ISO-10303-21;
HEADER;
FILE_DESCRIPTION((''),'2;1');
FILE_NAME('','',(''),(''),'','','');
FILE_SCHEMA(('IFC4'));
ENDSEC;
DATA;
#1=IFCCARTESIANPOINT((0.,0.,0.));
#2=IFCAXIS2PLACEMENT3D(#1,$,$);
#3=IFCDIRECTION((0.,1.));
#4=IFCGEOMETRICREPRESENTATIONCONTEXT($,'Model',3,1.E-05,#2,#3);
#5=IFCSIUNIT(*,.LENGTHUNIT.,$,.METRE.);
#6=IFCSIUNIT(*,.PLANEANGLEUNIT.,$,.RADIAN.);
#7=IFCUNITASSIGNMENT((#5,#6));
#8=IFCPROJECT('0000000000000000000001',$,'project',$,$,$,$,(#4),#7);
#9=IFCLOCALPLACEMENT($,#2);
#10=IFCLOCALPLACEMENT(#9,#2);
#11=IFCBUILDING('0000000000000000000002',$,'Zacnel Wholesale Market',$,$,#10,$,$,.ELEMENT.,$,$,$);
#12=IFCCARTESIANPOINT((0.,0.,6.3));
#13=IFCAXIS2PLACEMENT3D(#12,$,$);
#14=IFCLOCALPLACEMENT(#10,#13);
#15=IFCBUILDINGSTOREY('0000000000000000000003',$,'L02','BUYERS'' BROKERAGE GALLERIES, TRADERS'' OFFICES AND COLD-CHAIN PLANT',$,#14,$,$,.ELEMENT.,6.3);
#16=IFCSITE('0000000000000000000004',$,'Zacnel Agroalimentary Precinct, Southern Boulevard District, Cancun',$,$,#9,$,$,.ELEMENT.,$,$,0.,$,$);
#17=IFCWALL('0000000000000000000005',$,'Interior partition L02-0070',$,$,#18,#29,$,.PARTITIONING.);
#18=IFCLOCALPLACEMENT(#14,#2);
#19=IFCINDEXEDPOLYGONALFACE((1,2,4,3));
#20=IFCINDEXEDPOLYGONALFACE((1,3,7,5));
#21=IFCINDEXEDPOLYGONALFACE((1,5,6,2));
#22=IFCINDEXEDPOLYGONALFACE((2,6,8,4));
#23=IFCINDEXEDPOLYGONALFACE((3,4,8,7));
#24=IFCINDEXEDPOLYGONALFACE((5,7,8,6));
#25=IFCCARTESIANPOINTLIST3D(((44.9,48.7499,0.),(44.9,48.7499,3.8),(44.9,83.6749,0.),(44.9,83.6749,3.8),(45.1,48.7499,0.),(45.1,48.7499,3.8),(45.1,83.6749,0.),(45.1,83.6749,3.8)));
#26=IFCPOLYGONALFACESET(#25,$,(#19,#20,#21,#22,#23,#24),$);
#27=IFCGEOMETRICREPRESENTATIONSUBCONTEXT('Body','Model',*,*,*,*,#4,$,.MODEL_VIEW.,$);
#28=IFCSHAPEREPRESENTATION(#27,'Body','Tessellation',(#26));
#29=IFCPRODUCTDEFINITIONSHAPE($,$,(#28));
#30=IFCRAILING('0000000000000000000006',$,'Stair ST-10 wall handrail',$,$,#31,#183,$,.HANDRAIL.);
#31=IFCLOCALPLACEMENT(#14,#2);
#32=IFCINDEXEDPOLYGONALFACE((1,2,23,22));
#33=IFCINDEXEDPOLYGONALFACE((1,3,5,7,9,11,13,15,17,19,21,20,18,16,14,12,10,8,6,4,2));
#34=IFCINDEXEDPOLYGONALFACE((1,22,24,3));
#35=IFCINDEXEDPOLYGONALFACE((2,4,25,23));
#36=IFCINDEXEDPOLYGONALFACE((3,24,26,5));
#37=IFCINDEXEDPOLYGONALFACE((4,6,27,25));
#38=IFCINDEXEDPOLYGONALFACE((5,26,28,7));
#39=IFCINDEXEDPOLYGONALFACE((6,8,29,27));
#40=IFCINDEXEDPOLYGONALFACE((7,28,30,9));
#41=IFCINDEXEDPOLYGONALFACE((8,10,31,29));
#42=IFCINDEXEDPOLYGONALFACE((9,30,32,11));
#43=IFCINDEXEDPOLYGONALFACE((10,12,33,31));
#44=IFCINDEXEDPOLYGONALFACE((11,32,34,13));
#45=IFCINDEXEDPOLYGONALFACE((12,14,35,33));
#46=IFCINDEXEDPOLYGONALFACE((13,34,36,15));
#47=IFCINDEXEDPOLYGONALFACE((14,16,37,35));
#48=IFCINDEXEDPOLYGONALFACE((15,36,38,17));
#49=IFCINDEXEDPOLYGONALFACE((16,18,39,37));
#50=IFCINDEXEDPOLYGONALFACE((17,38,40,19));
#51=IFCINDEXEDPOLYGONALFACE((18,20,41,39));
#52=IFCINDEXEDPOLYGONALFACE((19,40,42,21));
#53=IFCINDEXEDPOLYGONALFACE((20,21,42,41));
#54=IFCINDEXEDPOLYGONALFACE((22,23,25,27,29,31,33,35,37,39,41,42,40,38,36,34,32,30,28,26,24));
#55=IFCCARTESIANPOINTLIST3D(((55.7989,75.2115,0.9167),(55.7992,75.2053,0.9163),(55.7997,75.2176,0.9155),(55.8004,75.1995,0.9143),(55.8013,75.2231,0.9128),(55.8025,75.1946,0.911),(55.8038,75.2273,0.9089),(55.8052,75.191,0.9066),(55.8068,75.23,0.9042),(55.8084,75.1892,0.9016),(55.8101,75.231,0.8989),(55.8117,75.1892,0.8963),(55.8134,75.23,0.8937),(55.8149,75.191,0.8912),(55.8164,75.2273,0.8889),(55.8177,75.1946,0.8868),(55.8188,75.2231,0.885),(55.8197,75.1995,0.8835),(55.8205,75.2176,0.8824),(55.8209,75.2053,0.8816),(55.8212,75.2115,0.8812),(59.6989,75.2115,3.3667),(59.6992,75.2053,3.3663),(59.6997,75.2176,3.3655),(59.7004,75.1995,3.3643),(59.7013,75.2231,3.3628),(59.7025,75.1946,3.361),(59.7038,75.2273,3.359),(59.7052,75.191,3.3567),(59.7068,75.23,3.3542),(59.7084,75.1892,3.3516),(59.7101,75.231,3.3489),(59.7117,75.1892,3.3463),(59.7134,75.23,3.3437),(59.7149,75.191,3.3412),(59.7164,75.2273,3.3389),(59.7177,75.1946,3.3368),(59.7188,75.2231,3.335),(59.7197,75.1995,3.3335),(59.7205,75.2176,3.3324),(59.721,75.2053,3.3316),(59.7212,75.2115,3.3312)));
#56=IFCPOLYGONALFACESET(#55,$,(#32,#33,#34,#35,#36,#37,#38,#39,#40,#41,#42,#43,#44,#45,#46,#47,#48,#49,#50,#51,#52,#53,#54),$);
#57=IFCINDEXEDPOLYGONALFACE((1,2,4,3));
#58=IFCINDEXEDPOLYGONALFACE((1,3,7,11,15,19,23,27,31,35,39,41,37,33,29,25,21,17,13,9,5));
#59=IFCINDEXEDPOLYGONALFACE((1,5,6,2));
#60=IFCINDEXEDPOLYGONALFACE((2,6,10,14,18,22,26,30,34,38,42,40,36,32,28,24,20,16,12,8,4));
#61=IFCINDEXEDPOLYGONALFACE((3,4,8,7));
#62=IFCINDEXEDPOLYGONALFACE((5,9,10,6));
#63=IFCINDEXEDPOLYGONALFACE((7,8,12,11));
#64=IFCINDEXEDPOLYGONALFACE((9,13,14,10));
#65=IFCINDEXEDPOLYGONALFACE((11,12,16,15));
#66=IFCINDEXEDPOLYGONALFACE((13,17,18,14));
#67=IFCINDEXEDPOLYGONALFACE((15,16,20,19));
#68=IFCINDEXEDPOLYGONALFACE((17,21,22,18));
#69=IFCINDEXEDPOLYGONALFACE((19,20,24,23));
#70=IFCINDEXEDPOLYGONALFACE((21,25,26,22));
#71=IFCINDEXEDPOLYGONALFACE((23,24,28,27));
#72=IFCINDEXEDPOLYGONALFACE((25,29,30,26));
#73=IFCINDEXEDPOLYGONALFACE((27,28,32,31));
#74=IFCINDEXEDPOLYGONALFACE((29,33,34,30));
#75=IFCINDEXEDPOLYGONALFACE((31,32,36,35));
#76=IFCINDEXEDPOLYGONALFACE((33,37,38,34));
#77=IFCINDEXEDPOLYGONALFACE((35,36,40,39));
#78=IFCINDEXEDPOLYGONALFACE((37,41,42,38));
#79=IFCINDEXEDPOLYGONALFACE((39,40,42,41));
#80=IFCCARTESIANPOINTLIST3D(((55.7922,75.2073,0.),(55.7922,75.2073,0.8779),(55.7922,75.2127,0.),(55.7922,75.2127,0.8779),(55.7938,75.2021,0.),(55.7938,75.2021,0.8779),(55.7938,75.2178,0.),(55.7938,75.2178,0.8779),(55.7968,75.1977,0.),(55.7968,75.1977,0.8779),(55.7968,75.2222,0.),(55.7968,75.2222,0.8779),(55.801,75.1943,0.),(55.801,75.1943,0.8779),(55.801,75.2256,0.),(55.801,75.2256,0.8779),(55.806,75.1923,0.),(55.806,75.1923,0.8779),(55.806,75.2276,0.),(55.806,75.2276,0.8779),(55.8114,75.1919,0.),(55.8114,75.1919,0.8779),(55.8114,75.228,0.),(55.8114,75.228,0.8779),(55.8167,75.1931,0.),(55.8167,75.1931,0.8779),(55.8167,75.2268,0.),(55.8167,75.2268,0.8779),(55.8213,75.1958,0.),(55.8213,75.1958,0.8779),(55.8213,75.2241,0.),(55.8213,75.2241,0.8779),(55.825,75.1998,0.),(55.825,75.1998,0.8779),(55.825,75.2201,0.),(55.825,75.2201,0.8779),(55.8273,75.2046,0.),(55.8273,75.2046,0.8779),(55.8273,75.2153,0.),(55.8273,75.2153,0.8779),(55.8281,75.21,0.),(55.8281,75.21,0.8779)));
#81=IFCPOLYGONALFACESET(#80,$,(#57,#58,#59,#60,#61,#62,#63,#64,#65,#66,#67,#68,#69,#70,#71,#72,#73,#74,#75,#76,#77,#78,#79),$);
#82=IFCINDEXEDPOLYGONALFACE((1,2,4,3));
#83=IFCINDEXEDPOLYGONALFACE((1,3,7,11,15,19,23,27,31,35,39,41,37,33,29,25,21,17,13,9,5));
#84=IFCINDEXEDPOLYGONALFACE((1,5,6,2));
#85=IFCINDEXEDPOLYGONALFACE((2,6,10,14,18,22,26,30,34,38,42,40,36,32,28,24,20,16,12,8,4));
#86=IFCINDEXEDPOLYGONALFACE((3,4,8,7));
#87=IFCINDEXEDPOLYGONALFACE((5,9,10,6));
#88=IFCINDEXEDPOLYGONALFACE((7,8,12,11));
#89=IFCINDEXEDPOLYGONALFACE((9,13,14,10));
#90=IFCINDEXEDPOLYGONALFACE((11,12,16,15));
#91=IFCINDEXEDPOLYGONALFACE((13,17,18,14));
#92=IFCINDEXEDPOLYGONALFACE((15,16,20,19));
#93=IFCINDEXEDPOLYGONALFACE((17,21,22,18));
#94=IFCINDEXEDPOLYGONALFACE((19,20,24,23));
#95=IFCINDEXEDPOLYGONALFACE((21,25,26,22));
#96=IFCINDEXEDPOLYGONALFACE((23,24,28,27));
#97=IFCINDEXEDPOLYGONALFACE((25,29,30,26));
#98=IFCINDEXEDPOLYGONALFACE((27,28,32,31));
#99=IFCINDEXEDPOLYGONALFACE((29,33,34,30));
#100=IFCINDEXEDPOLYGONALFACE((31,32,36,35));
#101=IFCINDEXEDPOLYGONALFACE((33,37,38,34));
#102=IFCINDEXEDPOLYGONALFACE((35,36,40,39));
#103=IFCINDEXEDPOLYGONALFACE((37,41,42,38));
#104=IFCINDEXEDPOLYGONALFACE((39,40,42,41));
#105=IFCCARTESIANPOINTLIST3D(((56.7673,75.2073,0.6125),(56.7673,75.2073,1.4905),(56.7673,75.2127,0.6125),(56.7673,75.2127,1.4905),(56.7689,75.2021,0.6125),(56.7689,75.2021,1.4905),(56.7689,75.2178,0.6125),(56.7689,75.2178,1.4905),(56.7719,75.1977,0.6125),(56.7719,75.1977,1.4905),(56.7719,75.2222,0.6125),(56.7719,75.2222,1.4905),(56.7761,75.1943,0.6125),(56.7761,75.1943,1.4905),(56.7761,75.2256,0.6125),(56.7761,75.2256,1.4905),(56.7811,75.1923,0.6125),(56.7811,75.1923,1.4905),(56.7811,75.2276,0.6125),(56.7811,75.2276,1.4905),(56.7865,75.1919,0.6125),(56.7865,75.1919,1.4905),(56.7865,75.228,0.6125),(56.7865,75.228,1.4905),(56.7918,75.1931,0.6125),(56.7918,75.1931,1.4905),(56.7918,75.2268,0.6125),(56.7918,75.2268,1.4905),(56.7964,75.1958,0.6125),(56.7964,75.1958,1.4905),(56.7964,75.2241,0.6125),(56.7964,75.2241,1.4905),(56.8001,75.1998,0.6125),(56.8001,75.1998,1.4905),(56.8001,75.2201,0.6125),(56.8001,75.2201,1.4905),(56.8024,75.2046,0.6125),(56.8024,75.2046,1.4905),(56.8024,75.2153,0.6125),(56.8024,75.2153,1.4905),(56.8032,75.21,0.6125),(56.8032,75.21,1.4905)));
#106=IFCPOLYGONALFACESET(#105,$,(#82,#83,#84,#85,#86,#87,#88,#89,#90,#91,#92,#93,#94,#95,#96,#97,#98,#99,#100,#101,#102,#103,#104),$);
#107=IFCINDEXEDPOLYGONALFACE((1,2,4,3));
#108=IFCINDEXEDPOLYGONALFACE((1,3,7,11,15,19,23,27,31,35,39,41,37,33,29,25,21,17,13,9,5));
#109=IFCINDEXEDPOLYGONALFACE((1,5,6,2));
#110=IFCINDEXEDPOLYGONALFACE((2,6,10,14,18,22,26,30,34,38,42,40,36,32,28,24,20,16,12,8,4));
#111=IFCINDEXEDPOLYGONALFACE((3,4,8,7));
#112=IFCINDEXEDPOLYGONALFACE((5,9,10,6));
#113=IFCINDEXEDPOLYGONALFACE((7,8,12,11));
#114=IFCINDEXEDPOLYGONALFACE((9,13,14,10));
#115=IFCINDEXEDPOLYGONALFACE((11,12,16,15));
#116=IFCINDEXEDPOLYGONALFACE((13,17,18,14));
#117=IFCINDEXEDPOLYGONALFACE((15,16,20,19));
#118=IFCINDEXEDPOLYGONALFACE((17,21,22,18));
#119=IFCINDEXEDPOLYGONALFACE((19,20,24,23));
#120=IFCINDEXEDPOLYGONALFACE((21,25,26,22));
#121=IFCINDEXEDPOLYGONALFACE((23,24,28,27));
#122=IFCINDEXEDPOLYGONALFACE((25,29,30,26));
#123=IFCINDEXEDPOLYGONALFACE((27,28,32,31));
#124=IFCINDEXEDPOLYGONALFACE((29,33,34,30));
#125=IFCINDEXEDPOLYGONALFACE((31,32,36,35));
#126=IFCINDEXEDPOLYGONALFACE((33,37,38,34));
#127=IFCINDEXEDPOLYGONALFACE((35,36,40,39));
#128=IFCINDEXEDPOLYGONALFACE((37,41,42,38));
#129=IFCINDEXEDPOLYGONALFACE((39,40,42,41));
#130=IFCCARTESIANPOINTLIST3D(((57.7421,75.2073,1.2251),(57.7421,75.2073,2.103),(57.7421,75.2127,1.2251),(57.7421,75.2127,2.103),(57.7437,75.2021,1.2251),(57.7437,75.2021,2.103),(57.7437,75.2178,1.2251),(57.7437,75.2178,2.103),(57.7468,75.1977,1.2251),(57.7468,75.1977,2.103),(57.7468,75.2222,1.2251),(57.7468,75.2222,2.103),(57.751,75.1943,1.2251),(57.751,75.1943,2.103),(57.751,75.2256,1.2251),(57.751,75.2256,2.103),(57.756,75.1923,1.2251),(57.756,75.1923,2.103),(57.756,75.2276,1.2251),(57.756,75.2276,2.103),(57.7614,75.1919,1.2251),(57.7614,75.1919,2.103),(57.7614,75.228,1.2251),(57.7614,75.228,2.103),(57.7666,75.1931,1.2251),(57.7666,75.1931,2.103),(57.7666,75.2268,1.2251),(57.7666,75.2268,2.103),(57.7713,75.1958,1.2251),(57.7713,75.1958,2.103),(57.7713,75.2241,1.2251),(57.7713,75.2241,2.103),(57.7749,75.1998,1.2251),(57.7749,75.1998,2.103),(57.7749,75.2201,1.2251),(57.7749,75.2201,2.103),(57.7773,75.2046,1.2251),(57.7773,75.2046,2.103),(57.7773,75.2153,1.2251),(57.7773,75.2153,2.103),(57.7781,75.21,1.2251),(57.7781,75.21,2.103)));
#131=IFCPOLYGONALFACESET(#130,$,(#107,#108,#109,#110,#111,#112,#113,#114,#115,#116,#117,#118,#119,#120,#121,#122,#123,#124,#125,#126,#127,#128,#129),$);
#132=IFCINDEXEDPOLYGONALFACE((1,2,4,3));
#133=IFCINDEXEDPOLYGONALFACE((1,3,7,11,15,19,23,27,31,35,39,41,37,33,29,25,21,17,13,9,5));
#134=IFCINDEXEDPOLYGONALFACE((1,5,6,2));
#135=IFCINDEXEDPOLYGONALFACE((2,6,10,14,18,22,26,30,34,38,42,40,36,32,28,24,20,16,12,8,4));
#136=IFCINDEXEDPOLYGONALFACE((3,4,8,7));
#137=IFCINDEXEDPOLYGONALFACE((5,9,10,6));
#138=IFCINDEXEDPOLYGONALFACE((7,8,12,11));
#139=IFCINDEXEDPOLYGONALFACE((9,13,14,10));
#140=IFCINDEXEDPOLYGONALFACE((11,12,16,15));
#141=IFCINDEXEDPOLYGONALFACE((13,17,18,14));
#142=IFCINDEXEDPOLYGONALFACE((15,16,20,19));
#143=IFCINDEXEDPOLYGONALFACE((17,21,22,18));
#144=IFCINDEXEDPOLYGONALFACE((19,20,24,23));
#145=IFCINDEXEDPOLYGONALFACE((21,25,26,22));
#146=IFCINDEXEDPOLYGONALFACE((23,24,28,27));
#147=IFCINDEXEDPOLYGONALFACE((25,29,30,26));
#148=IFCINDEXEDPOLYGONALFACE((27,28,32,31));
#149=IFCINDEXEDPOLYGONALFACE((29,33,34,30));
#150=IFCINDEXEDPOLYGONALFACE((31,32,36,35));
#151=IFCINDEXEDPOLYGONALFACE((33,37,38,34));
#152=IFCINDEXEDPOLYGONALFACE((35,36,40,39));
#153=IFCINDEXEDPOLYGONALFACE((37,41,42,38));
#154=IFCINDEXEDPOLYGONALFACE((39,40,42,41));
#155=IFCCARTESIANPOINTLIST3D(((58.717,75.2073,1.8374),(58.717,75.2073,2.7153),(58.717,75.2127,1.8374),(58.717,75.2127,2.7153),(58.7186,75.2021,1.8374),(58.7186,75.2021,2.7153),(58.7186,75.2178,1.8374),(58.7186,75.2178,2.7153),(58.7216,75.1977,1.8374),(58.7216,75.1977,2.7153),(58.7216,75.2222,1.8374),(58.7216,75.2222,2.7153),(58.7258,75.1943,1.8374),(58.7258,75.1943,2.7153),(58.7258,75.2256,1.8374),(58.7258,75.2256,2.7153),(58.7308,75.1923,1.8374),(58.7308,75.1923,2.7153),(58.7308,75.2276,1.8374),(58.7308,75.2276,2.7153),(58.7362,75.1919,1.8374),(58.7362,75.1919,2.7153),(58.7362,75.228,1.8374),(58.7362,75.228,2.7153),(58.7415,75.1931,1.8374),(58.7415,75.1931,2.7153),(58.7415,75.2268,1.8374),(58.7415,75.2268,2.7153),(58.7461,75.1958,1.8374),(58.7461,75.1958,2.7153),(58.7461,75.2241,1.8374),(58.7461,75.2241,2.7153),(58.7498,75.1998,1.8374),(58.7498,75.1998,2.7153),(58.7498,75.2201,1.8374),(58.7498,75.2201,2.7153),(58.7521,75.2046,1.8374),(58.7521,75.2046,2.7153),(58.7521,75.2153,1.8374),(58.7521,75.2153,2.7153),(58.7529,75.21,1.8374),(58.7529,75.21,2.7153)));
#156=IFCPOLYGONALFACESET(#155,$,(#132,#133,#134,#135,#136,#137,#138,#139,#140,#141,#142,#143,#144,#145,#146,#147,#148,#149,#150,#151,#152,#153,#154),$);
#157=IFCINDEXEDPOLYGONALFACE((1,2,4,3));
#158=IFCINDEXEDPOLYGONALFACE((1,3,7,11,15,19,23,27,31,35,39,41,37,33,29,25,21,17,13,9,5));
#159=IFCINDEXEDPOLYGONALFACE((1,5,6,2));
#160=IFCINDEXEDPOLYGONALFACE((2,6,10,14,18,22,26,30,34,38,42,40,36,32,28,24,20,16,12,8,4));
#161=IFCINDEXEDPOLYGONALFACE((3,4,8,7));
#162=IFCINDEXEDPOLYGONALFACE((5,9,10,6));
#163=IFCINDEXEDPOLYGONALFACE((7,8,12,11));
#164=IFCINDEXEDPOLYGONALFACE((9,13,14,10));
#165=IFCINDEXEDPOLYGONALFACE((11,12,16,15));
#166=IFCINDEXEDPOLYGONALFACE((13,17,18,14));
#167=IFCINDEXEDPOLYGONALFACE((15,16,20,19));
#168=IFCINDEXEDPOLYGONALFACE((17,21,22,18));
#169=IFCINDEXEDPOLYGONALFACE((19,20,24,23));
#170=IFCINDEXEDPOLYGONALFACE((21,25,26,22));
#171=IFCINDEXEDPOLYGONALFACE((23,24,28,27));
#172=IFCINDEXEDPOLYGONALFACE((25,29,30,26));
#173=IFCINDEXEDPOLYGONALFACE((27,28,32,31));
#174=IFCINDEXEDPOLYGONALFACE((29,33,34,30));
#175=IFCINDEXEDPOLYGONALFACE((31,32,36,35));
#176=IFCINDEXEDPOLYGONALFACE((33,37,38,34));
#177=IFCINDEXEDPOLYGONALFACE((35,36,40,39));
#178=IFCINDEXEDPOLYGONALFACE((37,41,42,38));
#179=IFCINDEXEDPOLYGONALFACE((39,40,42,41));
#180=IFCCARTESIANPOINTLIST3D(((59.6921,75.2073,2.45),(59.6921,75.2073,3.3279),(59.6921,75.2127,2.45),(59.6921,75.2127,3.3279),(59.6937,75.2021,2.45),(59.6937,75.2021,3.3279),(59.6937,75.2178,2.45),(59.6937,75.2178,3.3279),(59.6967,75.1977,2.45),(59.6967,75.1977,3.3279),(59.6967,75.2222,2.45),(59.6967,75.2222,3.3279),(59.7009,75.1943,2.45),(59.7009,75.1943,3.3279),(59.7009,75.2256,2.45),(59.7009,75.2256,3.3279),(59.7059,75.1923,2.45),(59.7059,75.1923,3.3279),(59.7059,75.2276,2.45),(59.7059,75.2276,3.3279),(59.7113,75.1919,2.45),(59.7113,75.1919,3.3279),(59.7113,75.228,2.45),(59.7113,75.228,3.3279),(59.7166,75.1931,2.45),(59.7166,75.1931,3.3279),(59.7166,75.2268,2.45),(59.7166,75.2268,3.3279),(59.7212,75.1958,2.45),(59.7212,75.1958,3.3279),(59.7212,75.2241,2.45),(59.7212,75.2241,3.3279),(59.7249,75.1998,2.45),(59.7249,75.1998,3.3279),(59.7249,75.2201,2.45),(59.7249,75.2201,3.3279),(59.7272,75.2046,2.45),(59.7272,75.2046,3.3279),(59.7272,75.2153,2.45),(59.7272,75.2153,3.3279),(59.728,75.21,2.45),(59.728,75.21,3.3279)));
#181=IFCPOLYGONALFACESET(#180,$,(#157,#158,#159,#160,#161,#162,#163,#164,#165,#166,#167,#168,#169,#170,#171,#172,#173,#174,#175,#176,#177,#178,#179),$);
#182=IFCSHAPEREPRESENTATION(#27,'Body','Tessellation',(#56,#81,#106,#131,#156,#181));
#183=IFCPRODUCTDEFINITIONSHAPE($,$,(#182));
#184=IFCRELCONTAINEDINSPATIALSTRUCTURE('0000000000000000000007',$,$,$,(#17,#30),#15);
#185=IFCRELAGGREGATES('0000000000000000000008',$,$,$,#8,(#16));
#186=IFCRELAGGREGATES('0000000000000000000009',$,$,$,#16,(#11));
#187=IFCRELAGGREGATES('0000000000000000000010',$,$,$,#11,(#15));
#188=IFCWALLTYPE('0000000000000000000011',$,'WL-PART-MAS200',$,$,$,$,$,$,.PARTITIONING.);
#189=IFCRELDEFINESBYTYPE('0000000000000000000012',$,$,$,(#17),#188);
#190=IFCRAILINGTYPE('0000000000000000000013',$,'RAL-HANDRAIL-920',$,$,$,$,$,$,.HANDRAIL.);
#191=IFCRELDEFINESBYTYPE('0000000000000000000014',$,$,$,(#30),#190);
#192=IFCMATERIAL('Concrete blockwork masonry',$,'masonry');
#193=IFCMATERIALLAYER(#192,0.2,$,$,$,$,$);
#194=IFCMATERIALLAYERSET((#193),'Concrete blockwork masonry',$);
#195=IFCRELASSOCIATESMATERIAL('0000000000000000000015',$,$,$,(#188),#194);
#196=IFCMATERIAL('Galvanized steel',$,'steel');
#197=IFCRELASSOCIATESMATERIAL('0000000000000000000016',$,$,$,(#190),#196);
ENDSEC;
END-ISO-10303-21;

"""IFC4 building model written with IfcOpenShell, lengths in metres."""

from ifc_helpers import new_model, si_unit, direction, frame, frame_2d, origin, origin_2d, place, context, subcontext, project, spatial, rectangle, circle, extrude, material, layer, layer_set, type_object, element, save


model = new_model("IFC4")

# Units and contexts
model_context = context("Model", 3, precision=1e-05, world=origin(), true_north=direction((0.0, 1.0)))
body_context = subcontext(model_context, "Body", "Model", "MODEL_VIEW")
ifc_project = project(units=[si_unit("LENGTHUNIT", "METRE"), si_unit("PLANEANGLEUNIT", "RADIAN")], contexts=[model_context])

# Site, building, storey
site_placement = place(None, origin())
site = spatial("IfcSite", under=ifc_project, at=site_placement, Name="Zacnel Agroalimentary Precinct, Southern Boulevard District, Cancun", CompositionType="ELEMENT", RefElevation=0.0)
building_placement = place(site_placement, origin())
building = spatial("IfcBuilding", under=site, at=building_placement, Name="Zacnel Wholesale Market", CompositionType="ELEMENT")
storey_placement = place(building_placement, frame((0.0, 0.0, 6.3)))
storey = spatial("IfcBuildingStorey", under=building, at=storey_placement, Name="L02", Description="BUYERS' BROKERAGE GALLERIES, TRADERS' OFFICES AND COLD-CHAIN PLANT", CompositionType="ELEMENT", Elevation=6.3)

# Wall
ifc_material_1 = material(Name="Concrete blockwork masonry", Category="masonry")
ifc_layer_1 = layer(ifc_material_1, 0.2)
ifc_layer_set_1 = layer_set([ifc_layer_1], Name="Concrete blockwork masonry")
wall_type_1 = type_object("IfcWallType", Name="WL-PART-MAS200", PredefinedType="PARTITIONING", material=ifc_layer_set_1)
wall_1_placement = place(storey_placement, frame((45.0, 48.75, 0.0), z_axis=(0.0, 0.0, 1.0), x_axis=(0.0, 1.0, 0.0)))
element("IfcWall", 1, at=wall_1_placement, inside=storey, type_object=wall_type_1, Name="Interior partition L02-0070", PredefinedType="PARTITIONING", context=body_context, shape_type="SweptSolid", body=[
    extrude(rectangle(XDim=34.925, YDim=0.2, at=frame_2d((17.4624, 0.0))), origin(), (0.0, 0.0, 1.0), 3.8),
])

# Railing
ifc_material_2 = material(Name="Galvanized steel", Category="steel")
railing_type_1 = type_object("IfcRailingType", Name="RAL-HANDRAIL-920", PredefinedType="HANDRAIL", material=ifc_material_2)
railing_1_placement = place(storey_placement, frame((55.8101, 75.21, 0.0)))
element("IfcRailing", 2, at=railing_1_placement, inside=storey, type_object=railing_type_1, Name="Stair ST-10 wall handrail", PredefinedType="HANDRAIL", context=body_context, shape_type="SweptSolid", body=[
    extrude(circle(Radius=0.021, at=origin_2d()), frame((0.0, 0.0, 0.8989), z_axis=(0.846775, 0.0, 0.531951), x_axis=(0.0, 1.0, 0.0)), (0.0, 0.0, 1.0), 4.6057),
    extrude(circle(Radius=0.0181, at=origin_2d()), origin(), (0.0, 0.0, 1.0), 0.8779),
    extrude(circle(Radius=0.0181, at=origin_2d()), frame((0.9751, 0.0, 0.6125)), (0.0, 0.0, 1.0), 0.8779),
    extrude(circle(Radius=0.0181, at=origin_2d()), frame((1.95, 0.0, 1.2251)), (0.0, 0.0, 1.0), 0.8779),
    extrude(circle(Radius=0.0181, at=origin_2d()), frame((2.9248, 0.0, 1.8374)), (0.0, 0.0, 1.0), 0.8779),
    extrude(circle(Radius=0.0181, at=origin_2d()), frame((3.8999, 0.0, 2.45)), (0.0, 0.0, 1.0), 0.8779),
])

save(model, "model.ifc")
